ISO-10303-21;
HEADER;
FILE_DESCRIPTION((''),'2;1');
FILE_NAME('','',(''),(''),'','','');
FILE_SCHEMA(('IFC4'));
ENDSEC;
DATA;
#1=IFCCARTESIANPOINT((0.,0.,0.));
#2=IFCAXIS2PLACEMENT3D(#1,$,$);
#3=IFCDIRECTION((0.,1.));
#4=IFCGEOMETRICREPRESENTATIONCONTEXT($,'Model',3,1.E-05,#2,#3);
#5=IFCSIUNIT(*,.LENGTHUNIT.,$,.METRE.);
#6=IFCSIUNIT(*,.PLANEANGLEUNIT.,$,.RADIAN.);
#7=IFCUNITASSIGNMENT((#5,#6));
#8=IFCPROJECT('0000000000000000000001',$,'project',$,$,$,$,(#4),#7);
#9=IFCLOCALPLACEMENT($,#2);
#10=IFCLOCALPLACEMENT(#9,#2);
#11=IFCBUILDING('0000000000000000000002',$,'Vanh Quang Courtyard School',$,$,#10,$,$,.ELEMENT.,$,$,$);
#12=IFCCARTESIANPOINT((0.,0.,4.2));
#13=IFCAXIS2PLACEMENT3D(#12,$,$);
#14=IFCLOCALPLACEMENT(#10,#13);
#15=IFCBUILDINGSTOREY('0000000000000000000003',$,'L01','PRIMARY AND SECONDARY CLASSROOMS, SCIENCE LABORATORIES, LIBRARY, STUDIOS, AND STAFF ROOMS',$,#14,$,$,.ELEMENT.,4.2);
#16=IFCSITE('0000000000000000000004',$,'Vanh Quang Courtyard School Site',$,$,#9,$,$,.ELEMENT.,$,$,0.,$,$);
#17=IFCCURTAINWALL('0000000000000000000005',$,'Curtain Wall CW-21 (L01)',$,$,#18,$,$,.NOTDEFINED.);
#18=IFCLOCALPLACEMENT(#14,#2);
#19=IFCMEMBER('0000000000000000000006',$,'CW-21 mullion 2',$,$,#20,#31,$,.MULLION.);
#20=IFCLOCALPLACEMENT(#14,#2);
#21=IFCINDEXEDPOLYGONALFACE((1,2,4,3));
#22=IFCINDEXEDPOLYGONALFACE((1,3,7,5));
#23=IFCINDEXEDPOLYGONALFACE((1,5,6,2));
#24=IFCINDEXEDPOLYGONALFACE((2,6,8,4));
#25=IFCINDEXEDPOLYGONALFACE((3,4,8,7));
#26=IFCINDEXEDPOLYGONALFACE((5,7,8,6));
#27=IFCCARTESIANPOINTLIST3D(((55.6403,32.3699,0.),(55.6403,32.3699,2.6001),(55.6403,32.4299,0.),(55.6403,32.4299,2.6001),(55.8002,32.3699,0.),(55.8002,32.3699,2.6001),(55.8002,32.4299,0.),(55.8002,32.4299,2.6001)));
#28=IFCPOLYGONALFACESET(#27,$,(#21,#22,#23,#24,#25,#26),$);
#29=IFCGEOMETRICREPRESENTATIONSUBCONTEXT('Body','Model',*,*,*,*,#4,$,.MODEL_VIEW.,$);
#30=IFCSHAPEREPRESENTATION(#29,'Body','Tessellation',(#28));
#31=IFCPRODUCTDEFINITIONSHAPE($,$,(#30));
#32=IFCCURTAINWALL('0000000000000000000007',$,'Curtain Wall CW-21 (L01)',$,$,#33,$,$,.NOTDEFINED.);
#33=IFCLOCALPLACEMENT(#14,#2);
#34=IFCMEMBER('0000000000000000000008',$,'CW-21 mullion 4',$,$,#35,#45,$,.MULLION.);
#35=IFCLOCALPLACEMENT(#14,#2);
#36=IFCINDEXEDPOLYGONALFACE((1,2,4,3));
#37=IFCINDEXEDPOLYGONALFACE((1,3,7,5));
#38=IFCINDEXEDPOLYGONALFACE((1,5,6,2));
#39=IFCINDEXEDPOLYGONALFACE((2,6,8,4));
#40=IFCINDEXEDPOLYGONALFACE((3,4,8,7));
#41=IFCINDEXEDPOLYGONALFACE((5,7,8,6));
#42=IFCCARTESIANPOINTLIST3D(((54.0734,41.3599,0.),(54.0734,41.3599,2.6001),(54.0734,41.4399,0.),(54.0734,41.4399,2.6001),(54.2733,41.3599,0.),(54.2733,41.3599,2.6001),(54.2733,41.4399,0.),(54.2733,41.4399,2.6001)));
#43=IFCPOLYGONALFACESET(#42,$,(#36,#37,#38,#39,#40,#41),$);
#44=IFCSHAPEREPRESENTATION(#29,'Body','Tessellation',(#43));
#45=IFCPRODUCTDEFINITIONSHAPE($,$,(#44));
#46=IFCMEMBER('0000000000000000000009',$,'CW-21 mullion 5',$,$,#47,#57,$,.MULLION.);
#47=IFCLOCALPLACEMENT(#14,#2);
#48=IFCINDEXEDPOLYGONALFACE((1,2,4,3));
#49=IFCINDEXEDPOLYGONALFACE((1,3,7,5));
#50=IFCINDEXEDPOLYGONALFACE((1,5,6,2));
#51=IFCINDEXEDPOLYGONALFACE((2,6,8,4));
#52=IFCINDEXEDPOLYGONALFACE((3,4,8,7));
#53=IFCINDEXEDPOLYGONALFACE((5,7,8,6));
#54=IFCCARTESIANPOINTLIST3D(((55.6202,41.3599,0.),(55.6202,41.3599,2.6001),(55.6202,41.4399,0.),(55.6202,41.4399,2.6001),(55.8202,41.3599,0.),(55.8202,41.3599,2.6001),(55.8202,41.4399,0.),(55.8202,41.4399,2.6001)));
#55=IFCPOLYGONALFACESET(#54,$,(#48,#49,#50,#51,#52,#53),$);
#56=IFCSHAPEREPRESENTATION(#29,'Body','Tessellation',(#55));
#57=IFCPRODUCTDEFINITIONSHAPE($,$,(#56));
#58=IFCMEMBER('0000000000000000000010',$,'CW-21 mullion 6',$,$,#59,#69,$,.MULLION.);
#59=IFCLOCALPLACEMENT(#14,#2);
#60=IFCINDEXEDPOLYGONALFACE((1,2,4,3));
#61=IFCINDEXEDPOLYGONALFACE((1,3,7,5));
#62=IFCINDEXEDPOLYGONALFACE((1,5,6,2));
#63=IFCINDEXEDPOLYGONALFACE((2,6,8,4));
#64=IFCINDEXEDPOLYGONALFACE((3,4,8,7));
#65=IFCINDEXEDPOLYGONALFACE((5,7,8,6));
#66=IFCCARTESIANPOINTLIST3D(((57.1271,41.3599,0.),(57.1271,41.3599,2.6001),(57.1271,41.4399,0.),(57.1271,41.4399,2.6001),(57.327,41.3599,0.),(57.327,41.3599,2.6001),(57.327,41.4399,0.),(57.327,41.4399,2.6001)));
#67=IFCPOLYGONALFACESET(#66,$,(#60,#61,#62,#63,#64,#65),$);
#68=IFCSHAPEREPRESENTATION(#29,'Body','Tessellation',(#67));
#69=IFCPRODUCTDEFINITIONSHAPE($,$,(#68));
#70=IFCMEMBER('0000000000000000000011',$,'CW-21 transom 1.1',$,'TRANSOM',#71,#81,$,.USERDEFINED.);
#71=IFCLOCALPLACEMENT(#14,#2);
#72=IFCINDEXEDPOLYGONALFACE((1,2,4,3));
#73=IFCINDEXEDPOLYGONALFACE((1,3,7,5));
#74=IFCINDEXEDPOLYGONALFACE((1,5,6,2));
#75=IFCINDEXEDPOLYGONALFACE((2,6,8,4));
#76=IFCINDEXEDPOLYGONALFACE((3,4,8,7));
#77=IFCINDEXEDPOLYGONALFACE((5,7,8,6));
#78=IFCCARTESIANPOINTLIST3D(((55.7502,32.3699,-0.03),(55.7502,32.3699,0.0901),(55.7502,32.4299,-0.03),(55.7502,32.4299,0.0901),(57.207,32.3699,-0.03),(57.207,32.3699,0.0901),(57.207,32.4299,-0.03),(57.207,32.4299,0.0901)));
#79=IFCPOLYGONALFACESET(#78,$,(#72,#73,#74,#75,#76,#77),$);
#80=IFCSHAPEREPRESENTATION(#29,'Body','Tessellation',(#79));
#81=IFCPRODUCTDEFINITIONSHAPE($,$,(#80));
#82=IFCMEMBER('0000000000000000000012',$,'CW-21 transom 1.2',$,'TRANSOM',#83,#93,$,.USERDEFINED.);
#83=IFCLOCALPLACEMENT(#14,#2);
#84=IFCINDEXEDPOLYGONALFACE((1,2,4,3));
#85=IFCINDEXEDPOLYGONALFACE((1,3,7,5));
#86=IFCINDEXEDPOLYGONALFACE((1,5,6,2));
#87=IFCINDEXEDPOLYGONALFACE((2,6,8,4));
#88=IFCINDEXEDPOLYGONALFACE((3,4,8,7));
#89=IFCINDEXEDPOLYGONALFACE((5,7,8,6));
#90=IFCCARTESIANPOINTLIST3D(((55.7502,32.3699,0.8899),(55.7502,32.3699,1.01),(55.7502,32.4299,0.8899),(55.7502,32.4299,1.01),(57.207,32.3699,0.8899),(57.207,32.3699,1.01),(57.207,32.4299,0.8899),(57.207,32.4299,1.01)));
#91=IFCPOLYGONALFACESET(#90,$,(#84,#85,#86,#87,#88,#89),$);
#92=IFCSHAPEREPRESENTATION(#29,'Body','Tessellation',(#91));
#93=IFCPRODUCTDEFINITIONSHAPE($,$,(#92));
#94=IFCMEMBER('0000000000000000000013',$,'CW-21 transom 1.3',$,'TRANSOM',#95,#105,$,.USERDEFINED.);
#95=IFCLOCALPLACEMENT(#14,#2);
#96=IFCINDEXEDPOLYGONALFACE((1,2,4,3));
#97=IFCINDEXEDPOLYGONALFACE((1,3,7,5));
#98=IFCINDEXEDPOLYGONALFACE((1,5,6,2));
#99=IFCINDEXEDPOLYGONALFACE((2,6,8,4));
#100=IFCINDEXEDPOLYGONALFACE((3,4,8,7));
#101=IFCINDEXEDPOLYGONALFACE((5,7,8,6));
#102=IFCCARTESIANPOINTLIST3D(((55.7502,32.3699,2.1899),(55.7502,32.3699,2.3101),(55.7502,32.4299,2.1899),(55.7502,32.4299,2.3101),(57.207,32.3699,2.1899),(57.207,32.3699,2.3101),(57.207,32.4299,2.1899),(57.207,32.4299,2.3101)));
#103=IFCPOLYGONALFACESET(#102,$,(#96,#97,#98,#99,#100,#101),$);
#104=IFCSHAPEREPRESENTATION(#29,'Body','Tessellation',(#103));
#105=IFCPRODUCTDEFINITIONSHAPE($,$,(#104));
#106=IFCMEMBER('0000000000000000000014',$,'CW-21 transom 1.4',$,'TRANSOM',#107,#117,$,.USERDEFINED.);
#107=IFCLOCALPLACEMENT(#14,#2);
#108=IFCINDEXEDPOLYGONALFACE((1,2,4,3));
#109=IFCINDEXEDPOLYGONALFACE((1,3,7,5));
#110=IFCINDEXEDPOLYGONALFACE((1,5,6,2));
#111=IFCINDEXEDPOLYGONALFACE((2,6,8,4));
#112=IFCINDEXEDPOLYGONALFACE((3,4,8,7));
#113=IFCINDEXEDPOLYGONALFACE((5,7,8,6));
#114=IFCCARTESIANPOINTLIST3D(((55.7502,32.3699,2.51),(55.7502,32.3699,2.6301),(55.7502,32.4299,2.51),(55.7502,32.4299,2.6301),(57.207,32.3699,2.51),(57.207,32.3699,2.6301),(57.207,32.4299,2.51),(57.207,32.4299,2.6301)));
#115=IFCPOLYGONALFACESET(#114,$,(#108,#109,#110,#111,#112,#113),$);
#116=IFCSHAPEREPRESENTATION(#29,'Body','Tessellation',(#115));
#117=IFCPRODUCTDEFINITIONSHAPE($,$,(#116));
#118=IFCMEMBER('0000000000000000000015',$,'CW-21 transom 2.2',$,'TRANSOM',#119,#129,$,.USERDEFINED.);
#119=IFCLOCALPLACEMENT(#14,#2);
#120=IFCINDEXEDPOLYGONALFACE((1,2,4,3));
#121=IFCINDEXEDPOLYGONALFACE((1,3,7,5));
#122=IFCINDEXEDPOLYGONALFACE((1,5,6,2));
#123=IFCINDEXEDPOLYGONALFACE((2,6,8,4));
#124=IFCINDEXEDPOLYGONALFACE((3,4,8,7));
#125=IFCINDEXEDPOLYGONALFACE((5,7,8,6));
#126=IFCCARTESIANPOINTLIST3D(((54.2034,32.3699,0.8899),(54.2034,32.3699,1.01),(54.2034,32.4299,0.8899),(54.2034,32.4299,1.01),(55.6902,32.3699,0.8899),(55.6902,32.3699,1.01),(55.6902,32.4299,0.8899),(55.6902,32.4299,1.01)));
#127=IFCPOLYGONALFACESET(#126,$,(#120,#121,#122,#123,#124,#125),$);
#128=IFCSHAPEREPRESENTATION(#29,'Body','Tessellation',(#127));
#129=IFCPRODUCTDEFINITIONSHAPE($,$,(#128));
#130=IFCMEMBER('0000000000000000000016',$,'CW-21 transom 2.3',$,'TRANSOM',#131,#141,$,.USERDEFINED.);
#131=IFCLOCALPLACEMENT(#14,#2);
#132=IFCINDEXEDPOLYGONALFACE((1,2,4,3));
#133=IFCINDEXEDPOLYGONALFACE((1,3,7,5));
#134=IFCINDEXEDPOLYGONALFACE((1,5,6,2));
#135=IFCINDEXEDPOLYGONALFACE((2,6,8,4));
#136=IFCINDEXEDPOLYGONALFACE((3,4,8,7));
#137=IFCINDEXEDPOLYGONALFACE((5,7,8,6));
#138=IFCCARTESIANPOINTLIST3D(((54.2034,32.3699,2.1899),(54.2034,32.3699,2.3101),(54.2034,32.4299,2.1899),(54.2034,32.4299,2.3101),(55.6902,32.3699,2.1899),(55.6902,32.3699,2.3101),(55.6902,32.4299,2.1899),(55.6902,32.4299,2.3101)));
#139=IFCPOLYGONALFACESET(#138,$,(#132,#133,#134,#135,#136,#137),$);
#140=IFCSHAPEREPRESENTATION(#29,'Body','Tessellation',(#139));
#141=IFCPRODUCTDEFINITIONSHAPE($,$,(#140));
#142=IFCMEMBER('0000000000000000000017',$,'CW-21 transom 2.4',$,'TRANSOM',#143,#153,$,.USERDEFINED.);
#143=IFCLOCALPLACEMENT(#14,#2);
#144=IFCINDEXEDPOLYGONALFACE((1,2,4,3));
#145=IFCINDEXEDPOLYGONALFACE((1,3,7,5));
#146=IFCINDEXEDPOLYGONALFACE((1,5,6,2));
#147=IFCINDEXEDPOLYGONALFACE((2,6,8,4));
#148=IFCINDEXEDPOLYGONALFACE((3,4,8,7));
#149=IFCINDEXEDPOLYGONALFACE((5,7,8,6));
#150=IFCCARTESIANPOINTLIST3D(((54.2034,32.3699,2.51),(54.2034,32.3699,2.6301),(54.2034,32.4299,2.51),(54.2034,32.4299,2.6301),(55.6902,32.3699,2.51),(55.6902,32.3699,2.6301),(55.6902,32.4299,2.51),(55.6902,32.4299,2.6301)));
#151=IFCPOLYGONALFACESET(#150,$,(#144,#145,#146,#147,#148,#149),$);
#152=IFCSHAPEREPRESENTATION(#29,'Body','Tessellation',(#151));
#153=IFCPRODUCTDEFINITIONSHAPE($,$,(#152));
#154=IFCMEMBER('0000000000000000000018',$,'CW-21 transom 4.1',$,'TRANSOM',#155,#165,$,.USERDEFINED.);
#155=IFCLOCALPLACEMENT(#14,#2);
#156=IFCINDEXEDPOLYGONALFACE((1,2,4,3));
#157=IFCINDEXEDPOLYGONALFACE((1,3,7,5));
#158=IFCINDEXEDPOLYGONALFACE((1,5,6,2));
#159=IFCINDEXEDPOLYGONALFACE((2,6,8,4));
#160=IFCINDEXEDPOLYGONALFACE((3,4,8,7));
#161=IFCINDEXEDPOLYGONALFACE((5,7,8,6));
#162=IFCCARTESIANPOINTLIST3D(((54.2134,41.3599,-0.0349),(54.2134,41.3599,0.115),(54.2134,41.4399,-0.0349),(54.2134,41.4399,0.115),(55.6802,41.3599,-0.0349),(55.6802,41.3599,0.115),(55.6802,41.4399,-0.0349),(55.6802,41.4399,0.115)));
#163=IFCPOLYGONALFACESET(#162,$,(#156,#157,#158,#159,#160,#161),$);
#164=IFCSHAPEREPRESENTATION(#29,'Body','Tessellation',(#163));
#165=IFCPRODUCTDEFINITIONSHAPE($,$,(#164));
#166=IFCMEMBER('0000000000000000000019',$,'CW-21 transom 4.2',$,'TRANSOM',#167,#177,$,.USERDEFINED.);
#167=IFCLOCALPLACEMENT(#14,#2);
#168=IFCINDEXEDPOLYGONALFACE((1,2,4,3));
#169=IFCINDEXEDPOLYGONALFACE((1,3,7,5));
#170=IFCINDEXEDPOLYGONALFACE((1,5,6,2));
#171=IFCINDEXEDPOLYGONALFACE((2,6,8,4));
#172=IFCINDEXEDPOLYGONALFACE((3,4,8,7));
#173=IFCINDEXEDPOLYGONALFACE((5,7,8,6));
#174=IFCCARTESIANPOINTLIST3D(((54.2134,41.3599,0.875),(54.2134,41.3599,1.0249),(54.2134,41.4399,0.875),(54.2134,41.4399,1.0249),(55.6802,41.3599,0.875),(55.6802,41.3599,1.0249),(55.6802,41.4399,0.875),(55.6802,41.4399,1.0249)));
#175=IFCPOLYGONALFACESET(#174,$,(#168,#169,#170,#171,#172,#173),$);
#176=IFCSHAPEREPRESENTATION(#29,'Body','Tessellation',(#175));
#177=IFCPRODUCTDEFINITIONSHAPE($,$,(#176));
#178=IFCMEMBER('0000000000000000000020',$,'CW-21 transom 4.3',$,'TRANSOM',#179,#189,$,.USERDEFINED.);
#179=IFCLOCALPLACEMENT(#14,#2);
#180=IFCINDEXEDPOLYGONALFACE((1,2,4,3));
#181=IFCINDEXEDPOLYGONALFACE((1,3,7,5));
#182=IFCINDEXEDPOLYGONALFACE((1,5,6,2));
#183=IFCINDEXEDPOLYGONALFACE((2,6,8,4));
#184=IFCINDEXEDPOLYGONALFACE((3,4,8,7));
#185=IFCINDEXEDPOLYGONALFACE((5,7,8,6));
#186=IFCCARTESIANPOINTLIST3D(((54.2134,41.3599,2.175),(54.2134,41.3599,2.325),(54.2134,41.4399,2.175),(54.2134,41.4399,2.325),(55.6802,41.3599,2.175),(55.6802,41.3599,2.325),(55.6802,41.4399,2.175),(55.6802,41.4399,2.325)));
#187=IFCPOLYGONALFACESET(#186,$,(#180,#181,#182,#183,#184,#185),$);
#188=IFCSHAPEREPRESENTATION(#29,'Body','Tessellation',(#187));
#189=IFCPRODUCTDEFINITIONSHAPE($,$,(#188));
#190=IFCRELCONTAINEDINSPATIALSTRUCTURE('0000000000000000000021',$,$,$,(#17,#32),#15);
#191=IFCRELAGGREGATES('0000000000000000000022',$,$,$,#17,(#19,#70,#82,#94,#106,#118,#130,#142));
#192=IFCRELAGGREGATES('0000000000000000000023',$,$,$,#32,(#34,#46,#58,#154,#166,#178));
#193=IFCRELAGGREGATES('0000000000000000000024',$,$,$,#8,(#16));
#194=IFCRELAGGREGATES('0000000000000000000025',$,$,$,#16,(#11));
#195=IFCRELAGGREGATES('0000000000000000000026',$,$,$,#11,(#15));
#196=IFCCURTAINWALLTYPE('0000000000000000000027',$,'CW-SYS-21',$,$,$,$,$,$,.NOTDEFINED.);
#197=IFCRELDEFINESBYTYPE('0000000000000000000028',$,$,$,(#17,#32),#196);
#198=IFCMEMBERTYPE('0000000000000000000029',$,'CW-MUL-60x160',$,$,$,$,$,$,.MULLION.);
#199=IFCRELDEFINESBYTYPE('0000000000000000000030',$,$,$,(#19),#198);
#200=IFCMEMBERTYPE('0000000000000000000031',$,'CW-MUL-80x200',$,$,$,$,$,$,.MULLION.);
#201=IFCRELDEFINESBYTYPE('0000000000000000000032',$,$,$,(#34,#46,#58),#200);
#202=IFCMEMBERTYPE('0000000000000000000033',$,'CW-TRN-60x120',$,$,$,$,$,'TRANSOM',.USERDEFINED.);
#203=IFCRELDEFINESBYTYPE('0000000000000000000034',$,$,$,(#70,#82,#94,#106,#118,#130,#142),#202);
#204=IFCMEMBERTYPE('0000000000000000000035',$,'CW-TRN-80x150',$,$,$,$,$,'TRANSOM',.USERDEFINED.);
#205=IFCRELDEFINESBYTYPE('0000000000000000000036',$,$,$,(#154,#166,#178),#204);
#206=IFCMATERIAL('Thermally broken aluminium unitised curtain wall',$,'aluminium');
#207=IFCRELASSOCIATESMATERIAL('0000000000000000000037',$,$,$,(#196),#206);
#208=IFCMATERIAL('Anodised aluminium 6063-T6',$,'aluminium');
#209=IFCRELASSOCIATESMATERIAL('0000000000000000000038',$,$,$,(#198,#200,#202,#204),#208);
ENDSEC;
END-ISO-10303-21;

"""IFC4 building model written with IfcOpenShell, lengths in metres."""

from ifc_helpers import new_model, si_unit, direction, frame, origin, origin_2d, place, context, subcontext, project, spatial, rectangle, extrude, material, material_profile, profile_set, type_object, element, aggregate, save


model = new_model("IFC4")

# Units and contexts
model_context = context("Model", 3, precision=1e-05, world=origin(), true_north=direction((0.0, 1.0)))
body_context = subcontext(model_context, "Body", "Model", "MODEL_VIEW")
ifc_project = project(units=[si_unit("LENGTHUNIT", "METRE"), si_unit("PLANEANGLEUNIT", "RADIAN")], contexts=[model_context])

# Site, building, storey
site_placement = place(None, origin())
site = spatial("IfcSite", under=ifc_project, at=site_placement, Name="Vanh Quang Courtyard School Site", CompositionType="ELEMENT", RefElevation=0.0)
building_placement = place(site_placement, origin())
building = spatial("IfcBuilding", under=site, at=building_placement, Name="Vanh Quang Courtyard School", CompositionType="ELEMENT")
storey_placement = place(building_placement, frame((0.0, 0.0, 4.2)))
storey = spatial("IfcBuildingStorey", under=building, at=storey_placement, Name="L01", Description="PRIMARY AND SECONDARY CLASSROOMS, SCIENCE LABORATORIES, LIBRARY, STUDIOS, AND STAFF ROOMS", CompositionType="ELEMENT", Elevation=4.2)

# Curtain wall, member
ifc_material_1 = material(Name="Thermally broken aluminium unitised curtain wall", Category="aluminium")
curtain_wall_type = type_object("IfcCurtainWallType", Name="CW-SYS-21", PredefinedType="NOTDEFINED", material=ifc_material_1)
curtain_wall_1_placement = place(storey_placement, origin())
curtain_wall_1 = element("IfcCurtainWall", 1, at=curtain_wall_1_placement, inside=storey, type_object=curtain_wall_type, Name="Curtain Wall CW-21 (L01)", PredefinedType="NOTDEFINED")
ifc_material_2 = material(Name="Anodised aluminium 6063-T6", Category="aluminium")
ifc_material_profile_1 = material_profile(ifc_material_2, rectangle(XDim=0.0601, YDim=0.1599, at=origin_2d()), Name="ALU-MUL 60x160")
ifc_profile_set_1 = profile_set([ifc_material_profile_1], Name="Anodised aluminium 6063-T6")
member_type_1 = type_object("IfcMemberType", Name="CW-MUL-60x160", PredefinedType="MULLION", material=ifc_profile_set_1)
member_1_placement = place(storey_placement, frame((55.7202, 32.3999, 0.0), z_axis=(0.0, 0.0, 1.0), x_axis=(0.0, -1.0, 0.0)))
member_1 = element("IfcMember", 2, at=member_1_placement, type_object=member_type_1, Name="CW-21 mullion 2", PredefinedType="MULLION", context=body_context, shape_type="SweptSolid", body=[
    extrude(rectangle(XDim=0.0601, YDim=0.1599, at=origin_2d()), origin(), (0.0, 0.0, 1.0), 2.6001),
])

# Curtain wall, members
curtain_wall_2_placement = place(storey_placement, origin())
curtain_wall_2 = element("IfcCurtainWall", 3, at=curtain_wall_2_placement, inside=storey, type_object=curtain_wall_type, Name="Curtain Wall CW-21 (L01)", PredefinedType="NOTDEFINED")
ifc_material_profile_2 = material_profile(ifc_material_2, rectangle(XDim=0.0801, YDim=0.2, at=origin_2d()), Name="ALU-MUL 80x200")
ifc_profile_set_2 = profile_set([ifc_material_profile_2], Name="Anodised aluminium 6063-T6")
member_type_2 = type_object("IfcMemberType", Name="CW-MUL-80x200", PredefinedType="MULLION", material=ifc_profile_set_2)
member_2_placement = place(storey_placement, frame((54.1733, 41.3999, 0.0), z_axis=(0.0, 0.0, 1.0), x_axis=(0.0, 1.0, 0.0)))
member_2 = element("IfcMember", 4, at=member_2_placement, type_object=member_type_2, Name="CW-21 mullion 4", PredefinedType="MULLION", context=body_context, shape_type="SweptSolid", body=[
    extrude(rectangle(XDim=0.0801, YDim=0.2, at=origin_2d()), origin(), (0.0, 0.0, 1.0), 2.6001),
])
member_3_placement = place(storey_placement, frame((55.7202, 41.3999, 0.0), z_axis=(0.0, 0.0, 1.0), x_axis=(0.0, 1.0, 0.0)))
member_3 = element("IfcMember", 5, at=member_3_placement, type_object=member_type_2, Name="CW-21 mullion 5", PredefinedType="MULLION", context=body_context, shape_type="SweptSolid", body=[
    extrude(rectangle(XDim=0.0801, YDim=0.2, at=origin_2d()), origin(), (0.0, 0.0, 1.0), 2.6001),
])
member_4_placement = place(storey_placement, frame((57.2271, 41.3999, 0.0), z_axis=(0.0, 0.0, 1.0), x_axis=(0.0, 1.0, 0.0)))
member_4 = element("IfcMember", 6, at=member_4_placement, type_object=member_type_2, Name="CW-21 mullion 6", PredefinedType="MULLION", context=body_context, shape_type="SweptSolid", body=[
    extrude(rectangle(XDim=0.0801, YDim=0.2, at=origin_2d()), origin(), (0.0, 0.0, 1.0), 2.6001),
])

# Members
ifc_material_profile_3 = material_profile(ifc_material_2, rectangle(XDim=0.0601, YDim=0.1201, at=origin_2d()), Name="ALU-TRN 60x120")
ifc_profile_set_3 = profile_set([ifc_material_profile_3], Name="Anodised aluminium 6063-T6")
member_type_3 = type_object("IfcMemberType", Name="CW-TRN-60x120", ElementType="TRANSOM", PredefinedType="USERDEFINED", material=ifc_profile_set_3)
member_5_placement = place(storey_placement, frame((57.207, 32.3999, 0.03), z_axis=(-1.0, 0.0, 0.0), x_axis=(0.0, -1.0, 0.0)))
member_5 = element("IfcMember", 7, at=member_5_placement, type_object=member_type_3, Name="CW-21 transom 1.1", ObjectType="TRANSOM", PredefinedType="USERDEFINED", context=body_context, shape_type="SweptSolid", body=[
    extrude(rectangle(XDim=0.0601, YDim=0.1201, at=origin_2d()), origin(), (0.0, 0.0, 1.0), 1.4568),
])
member_6_placement = place(storey_placement, frame((57.207, 32.3999, 0.95), z_axis=(-1.0, 0.0, 0.0), x_axis=(0.0, -1.0, 0.0)))
member_6 = element("IfcMember", 8, at=member_6_placement, type_object=member_type_3, Name="CW-21 transom 1.2", ObjectType="TRANSOM", PredefinedType="USERDEFINED", context=body_context, shape_type="SweptSolid", body=[
    extrude(rectangle(XDim=0.0601, YDim=0.1201, at=origin_2d()), origin(), (0.0, 0.0, 1.0), 1.4568),
])
member_7_placement = place(storey_placement, frame((57.207, 32.3999, 2.25), z_axis=(-1.0, 0.0, 0.0), x_axis=(0.0, -1.0, 0.0)))
member_7 = element("IfcMember", 9, at=member_7_placement, type_object=member_type_3, Name="CW-21 transom 1.3", ObjectType="TRANSOM", PredefinedType="USERDEFINED", context=body_context, shape_type="SweptSolid", body=[
    extrude(rectangle(XDim=0.0601, YDim=0.1201, at=origin_2d()), origin(), (0.0, 0.0, 1.0), 1.4568),
])
member_8_placement = place(storey_placement, frame((57.207, 32.3999, 2.5701), z_axis=(-1.0, 0.0, 0.0), x_axis=(0.0, -1.0, 0.0)))
member_8 = element("IfcMember", 10, at=member_8_placement, type_object=member_type_3, Name="CW-21 transom 1.4", ObjectType="TRANSOM", PredefinedType="USERDEFINED", context=body_context, shape_type="SweptSolid", body=[
    extrude(rectangle(XDim=0.0601, YDim=0.1201, at=origin_2d()), origin(), (0.0, 0.0, 1.0), 1.4568),
])
member_9_placement = place(storey_placement, frame((55.6902, 32.3999, 0.95), z_axis=(-1.0, 0.0, 0.0), x_axis=(0.0, -1.0, 0.0)))
member_9 = element("IfcMember", 11, at=member_9_placement, type_object=member_type_3, Name="CW-21 transom 2.2", ObjectType="TRANSOM", PredefinedType="USERDEFINED", context=body_context, shape_type="SweptSolid", body=[
    extrude(rectangle(XDim=0.0601, YDim=0.1201, at=origin_2d()), origin(), (0.0, 0.0, 1.0), 1.4868),
])
member_10_placement = place(storey_placement, frame((55.6902, 32.3999, 2.25), z_axis=(-1.0, 0.0, 0.0), x_axis=(0.0, -1.0, 0.0)))
member_10 = element("IfcMember", 12, at=member_10_placement, type_object=member_type_3, Name="CW-21 transom 2.3", ObjectType="TRANSOM", PredefinedType="USERDEFINED", context=body_context, shape_type="SweptSolid", body=[
    extrude(rectangle(XDim=0.0601, YDim=0.1201, at=origin_2d()), origin(), (0.0, 0.0, 1.0), 1.4868),
])
member_11_placement = place(storey_placement, frame((55.6902, 32.3999, 2.5701), z_axis=(-1.0, 0.0, 0.0), x_axis=(0.0, -1.0, 0.0)))
member_11 = element("IfcMember", 13, at=member_11_placement, type_object=member_type_3, Name="CW-21 transom 2.4", ObjectType="TRANSOM", PredefinedType="USERDEFINED", context=body_context, shape_type="SweptSolid", body=[
    extrude(rectangle(XDim=0.0601, YDim=0.1201, at=origin_2d()), origin(), (0.0, 0.0, 1.0), 1.4868),
])
ifc_material_profile_4 = material_profile(ifc_material_2, rectangle(XDim=0.0801, YDim=0.1499, at=origin_2d()), Name="ALU-TRN 80x150")
ifc_profile_set_4 = profile_set([ifc_material_profile_4], Name="Anodised aluminium 6063-T6")
member_type_4 = type_object("IfcMemberType", Name="CW-TRN-80x150", ElementType="TRANSOM", PredefinedType="USERDEFINED", material=ifc_profile_set_4)
member_12_placement = place(storey_placement, frame((54.2134, 41.3999, 0.04), z_axis=(1.0, 0.0, 0.0), x_axis=(0.0, 1.0, 0.0)))
member_12 = element("IfcMember", 14, at=member_12_placement, type_object=member_type_4, Name="CW-21 transom 4.1", ObjectType="TRANSOM", PredefinedType="USERDEFINED", context=body_context, shape_type="SweptSolid", body=[
    extrude(rectangle(XDim=0.0801, YDim=0.1499, at=origin_2d()), origin(), (0.0, 0.0, 1.0), 1.4668),
])
member_13_placement = place(storey_placement, frame((54.2134, 41.3999, 0.95), z_axis=(1.0, 0.0, 0.0), x_axis=(0.0, 1.0, 0.0)))
member_13 = element("IfcMember", 15, at=member_13_placement, type_object=member_type_4, Name="CW-21 transom 4.2", ObjectType="TRANSOM", PredefinedType="USERDEFINED", context=body_context, shape_type="SweptSolid", body=[
    extrude(rectangle(XDim=0.0801, YDim=0.1499, at=origin_2d()), origin(), (0.0, 0.0, 1.0), 1.4668),
])
member_14_placement = place(storey_placement, frame((54.2134, 41.3999, 2.25), z_axis=(1.0, 0.0, 0.0), x_axis=(0.0, 1.0, 0.0)))
member_14 = element("IfcMember", 16, at=member_14_placement, type_object=member_type_4, Name="CW-21 transom 4.3", ObjectType="TRANSOM", PredefinedType="USERDEFINED", context=body_context, shape_type="SweptSolid", body=[
    extrude(rectangle(XDim=0.0801, YDim=0.1499, at=origin_2d()), origin(), (0.0, 0.0, 1.0), 1.4668),
])

aggregate(curtain_wall_1, [member_1, member_5, member_6, member_7, member_8, member_9, member_10, member_11])
aggregate(curtain_wall_2, [member_2, member_3, member_4, member_12, member_13, member_14])

save(model, "model.ifc")
